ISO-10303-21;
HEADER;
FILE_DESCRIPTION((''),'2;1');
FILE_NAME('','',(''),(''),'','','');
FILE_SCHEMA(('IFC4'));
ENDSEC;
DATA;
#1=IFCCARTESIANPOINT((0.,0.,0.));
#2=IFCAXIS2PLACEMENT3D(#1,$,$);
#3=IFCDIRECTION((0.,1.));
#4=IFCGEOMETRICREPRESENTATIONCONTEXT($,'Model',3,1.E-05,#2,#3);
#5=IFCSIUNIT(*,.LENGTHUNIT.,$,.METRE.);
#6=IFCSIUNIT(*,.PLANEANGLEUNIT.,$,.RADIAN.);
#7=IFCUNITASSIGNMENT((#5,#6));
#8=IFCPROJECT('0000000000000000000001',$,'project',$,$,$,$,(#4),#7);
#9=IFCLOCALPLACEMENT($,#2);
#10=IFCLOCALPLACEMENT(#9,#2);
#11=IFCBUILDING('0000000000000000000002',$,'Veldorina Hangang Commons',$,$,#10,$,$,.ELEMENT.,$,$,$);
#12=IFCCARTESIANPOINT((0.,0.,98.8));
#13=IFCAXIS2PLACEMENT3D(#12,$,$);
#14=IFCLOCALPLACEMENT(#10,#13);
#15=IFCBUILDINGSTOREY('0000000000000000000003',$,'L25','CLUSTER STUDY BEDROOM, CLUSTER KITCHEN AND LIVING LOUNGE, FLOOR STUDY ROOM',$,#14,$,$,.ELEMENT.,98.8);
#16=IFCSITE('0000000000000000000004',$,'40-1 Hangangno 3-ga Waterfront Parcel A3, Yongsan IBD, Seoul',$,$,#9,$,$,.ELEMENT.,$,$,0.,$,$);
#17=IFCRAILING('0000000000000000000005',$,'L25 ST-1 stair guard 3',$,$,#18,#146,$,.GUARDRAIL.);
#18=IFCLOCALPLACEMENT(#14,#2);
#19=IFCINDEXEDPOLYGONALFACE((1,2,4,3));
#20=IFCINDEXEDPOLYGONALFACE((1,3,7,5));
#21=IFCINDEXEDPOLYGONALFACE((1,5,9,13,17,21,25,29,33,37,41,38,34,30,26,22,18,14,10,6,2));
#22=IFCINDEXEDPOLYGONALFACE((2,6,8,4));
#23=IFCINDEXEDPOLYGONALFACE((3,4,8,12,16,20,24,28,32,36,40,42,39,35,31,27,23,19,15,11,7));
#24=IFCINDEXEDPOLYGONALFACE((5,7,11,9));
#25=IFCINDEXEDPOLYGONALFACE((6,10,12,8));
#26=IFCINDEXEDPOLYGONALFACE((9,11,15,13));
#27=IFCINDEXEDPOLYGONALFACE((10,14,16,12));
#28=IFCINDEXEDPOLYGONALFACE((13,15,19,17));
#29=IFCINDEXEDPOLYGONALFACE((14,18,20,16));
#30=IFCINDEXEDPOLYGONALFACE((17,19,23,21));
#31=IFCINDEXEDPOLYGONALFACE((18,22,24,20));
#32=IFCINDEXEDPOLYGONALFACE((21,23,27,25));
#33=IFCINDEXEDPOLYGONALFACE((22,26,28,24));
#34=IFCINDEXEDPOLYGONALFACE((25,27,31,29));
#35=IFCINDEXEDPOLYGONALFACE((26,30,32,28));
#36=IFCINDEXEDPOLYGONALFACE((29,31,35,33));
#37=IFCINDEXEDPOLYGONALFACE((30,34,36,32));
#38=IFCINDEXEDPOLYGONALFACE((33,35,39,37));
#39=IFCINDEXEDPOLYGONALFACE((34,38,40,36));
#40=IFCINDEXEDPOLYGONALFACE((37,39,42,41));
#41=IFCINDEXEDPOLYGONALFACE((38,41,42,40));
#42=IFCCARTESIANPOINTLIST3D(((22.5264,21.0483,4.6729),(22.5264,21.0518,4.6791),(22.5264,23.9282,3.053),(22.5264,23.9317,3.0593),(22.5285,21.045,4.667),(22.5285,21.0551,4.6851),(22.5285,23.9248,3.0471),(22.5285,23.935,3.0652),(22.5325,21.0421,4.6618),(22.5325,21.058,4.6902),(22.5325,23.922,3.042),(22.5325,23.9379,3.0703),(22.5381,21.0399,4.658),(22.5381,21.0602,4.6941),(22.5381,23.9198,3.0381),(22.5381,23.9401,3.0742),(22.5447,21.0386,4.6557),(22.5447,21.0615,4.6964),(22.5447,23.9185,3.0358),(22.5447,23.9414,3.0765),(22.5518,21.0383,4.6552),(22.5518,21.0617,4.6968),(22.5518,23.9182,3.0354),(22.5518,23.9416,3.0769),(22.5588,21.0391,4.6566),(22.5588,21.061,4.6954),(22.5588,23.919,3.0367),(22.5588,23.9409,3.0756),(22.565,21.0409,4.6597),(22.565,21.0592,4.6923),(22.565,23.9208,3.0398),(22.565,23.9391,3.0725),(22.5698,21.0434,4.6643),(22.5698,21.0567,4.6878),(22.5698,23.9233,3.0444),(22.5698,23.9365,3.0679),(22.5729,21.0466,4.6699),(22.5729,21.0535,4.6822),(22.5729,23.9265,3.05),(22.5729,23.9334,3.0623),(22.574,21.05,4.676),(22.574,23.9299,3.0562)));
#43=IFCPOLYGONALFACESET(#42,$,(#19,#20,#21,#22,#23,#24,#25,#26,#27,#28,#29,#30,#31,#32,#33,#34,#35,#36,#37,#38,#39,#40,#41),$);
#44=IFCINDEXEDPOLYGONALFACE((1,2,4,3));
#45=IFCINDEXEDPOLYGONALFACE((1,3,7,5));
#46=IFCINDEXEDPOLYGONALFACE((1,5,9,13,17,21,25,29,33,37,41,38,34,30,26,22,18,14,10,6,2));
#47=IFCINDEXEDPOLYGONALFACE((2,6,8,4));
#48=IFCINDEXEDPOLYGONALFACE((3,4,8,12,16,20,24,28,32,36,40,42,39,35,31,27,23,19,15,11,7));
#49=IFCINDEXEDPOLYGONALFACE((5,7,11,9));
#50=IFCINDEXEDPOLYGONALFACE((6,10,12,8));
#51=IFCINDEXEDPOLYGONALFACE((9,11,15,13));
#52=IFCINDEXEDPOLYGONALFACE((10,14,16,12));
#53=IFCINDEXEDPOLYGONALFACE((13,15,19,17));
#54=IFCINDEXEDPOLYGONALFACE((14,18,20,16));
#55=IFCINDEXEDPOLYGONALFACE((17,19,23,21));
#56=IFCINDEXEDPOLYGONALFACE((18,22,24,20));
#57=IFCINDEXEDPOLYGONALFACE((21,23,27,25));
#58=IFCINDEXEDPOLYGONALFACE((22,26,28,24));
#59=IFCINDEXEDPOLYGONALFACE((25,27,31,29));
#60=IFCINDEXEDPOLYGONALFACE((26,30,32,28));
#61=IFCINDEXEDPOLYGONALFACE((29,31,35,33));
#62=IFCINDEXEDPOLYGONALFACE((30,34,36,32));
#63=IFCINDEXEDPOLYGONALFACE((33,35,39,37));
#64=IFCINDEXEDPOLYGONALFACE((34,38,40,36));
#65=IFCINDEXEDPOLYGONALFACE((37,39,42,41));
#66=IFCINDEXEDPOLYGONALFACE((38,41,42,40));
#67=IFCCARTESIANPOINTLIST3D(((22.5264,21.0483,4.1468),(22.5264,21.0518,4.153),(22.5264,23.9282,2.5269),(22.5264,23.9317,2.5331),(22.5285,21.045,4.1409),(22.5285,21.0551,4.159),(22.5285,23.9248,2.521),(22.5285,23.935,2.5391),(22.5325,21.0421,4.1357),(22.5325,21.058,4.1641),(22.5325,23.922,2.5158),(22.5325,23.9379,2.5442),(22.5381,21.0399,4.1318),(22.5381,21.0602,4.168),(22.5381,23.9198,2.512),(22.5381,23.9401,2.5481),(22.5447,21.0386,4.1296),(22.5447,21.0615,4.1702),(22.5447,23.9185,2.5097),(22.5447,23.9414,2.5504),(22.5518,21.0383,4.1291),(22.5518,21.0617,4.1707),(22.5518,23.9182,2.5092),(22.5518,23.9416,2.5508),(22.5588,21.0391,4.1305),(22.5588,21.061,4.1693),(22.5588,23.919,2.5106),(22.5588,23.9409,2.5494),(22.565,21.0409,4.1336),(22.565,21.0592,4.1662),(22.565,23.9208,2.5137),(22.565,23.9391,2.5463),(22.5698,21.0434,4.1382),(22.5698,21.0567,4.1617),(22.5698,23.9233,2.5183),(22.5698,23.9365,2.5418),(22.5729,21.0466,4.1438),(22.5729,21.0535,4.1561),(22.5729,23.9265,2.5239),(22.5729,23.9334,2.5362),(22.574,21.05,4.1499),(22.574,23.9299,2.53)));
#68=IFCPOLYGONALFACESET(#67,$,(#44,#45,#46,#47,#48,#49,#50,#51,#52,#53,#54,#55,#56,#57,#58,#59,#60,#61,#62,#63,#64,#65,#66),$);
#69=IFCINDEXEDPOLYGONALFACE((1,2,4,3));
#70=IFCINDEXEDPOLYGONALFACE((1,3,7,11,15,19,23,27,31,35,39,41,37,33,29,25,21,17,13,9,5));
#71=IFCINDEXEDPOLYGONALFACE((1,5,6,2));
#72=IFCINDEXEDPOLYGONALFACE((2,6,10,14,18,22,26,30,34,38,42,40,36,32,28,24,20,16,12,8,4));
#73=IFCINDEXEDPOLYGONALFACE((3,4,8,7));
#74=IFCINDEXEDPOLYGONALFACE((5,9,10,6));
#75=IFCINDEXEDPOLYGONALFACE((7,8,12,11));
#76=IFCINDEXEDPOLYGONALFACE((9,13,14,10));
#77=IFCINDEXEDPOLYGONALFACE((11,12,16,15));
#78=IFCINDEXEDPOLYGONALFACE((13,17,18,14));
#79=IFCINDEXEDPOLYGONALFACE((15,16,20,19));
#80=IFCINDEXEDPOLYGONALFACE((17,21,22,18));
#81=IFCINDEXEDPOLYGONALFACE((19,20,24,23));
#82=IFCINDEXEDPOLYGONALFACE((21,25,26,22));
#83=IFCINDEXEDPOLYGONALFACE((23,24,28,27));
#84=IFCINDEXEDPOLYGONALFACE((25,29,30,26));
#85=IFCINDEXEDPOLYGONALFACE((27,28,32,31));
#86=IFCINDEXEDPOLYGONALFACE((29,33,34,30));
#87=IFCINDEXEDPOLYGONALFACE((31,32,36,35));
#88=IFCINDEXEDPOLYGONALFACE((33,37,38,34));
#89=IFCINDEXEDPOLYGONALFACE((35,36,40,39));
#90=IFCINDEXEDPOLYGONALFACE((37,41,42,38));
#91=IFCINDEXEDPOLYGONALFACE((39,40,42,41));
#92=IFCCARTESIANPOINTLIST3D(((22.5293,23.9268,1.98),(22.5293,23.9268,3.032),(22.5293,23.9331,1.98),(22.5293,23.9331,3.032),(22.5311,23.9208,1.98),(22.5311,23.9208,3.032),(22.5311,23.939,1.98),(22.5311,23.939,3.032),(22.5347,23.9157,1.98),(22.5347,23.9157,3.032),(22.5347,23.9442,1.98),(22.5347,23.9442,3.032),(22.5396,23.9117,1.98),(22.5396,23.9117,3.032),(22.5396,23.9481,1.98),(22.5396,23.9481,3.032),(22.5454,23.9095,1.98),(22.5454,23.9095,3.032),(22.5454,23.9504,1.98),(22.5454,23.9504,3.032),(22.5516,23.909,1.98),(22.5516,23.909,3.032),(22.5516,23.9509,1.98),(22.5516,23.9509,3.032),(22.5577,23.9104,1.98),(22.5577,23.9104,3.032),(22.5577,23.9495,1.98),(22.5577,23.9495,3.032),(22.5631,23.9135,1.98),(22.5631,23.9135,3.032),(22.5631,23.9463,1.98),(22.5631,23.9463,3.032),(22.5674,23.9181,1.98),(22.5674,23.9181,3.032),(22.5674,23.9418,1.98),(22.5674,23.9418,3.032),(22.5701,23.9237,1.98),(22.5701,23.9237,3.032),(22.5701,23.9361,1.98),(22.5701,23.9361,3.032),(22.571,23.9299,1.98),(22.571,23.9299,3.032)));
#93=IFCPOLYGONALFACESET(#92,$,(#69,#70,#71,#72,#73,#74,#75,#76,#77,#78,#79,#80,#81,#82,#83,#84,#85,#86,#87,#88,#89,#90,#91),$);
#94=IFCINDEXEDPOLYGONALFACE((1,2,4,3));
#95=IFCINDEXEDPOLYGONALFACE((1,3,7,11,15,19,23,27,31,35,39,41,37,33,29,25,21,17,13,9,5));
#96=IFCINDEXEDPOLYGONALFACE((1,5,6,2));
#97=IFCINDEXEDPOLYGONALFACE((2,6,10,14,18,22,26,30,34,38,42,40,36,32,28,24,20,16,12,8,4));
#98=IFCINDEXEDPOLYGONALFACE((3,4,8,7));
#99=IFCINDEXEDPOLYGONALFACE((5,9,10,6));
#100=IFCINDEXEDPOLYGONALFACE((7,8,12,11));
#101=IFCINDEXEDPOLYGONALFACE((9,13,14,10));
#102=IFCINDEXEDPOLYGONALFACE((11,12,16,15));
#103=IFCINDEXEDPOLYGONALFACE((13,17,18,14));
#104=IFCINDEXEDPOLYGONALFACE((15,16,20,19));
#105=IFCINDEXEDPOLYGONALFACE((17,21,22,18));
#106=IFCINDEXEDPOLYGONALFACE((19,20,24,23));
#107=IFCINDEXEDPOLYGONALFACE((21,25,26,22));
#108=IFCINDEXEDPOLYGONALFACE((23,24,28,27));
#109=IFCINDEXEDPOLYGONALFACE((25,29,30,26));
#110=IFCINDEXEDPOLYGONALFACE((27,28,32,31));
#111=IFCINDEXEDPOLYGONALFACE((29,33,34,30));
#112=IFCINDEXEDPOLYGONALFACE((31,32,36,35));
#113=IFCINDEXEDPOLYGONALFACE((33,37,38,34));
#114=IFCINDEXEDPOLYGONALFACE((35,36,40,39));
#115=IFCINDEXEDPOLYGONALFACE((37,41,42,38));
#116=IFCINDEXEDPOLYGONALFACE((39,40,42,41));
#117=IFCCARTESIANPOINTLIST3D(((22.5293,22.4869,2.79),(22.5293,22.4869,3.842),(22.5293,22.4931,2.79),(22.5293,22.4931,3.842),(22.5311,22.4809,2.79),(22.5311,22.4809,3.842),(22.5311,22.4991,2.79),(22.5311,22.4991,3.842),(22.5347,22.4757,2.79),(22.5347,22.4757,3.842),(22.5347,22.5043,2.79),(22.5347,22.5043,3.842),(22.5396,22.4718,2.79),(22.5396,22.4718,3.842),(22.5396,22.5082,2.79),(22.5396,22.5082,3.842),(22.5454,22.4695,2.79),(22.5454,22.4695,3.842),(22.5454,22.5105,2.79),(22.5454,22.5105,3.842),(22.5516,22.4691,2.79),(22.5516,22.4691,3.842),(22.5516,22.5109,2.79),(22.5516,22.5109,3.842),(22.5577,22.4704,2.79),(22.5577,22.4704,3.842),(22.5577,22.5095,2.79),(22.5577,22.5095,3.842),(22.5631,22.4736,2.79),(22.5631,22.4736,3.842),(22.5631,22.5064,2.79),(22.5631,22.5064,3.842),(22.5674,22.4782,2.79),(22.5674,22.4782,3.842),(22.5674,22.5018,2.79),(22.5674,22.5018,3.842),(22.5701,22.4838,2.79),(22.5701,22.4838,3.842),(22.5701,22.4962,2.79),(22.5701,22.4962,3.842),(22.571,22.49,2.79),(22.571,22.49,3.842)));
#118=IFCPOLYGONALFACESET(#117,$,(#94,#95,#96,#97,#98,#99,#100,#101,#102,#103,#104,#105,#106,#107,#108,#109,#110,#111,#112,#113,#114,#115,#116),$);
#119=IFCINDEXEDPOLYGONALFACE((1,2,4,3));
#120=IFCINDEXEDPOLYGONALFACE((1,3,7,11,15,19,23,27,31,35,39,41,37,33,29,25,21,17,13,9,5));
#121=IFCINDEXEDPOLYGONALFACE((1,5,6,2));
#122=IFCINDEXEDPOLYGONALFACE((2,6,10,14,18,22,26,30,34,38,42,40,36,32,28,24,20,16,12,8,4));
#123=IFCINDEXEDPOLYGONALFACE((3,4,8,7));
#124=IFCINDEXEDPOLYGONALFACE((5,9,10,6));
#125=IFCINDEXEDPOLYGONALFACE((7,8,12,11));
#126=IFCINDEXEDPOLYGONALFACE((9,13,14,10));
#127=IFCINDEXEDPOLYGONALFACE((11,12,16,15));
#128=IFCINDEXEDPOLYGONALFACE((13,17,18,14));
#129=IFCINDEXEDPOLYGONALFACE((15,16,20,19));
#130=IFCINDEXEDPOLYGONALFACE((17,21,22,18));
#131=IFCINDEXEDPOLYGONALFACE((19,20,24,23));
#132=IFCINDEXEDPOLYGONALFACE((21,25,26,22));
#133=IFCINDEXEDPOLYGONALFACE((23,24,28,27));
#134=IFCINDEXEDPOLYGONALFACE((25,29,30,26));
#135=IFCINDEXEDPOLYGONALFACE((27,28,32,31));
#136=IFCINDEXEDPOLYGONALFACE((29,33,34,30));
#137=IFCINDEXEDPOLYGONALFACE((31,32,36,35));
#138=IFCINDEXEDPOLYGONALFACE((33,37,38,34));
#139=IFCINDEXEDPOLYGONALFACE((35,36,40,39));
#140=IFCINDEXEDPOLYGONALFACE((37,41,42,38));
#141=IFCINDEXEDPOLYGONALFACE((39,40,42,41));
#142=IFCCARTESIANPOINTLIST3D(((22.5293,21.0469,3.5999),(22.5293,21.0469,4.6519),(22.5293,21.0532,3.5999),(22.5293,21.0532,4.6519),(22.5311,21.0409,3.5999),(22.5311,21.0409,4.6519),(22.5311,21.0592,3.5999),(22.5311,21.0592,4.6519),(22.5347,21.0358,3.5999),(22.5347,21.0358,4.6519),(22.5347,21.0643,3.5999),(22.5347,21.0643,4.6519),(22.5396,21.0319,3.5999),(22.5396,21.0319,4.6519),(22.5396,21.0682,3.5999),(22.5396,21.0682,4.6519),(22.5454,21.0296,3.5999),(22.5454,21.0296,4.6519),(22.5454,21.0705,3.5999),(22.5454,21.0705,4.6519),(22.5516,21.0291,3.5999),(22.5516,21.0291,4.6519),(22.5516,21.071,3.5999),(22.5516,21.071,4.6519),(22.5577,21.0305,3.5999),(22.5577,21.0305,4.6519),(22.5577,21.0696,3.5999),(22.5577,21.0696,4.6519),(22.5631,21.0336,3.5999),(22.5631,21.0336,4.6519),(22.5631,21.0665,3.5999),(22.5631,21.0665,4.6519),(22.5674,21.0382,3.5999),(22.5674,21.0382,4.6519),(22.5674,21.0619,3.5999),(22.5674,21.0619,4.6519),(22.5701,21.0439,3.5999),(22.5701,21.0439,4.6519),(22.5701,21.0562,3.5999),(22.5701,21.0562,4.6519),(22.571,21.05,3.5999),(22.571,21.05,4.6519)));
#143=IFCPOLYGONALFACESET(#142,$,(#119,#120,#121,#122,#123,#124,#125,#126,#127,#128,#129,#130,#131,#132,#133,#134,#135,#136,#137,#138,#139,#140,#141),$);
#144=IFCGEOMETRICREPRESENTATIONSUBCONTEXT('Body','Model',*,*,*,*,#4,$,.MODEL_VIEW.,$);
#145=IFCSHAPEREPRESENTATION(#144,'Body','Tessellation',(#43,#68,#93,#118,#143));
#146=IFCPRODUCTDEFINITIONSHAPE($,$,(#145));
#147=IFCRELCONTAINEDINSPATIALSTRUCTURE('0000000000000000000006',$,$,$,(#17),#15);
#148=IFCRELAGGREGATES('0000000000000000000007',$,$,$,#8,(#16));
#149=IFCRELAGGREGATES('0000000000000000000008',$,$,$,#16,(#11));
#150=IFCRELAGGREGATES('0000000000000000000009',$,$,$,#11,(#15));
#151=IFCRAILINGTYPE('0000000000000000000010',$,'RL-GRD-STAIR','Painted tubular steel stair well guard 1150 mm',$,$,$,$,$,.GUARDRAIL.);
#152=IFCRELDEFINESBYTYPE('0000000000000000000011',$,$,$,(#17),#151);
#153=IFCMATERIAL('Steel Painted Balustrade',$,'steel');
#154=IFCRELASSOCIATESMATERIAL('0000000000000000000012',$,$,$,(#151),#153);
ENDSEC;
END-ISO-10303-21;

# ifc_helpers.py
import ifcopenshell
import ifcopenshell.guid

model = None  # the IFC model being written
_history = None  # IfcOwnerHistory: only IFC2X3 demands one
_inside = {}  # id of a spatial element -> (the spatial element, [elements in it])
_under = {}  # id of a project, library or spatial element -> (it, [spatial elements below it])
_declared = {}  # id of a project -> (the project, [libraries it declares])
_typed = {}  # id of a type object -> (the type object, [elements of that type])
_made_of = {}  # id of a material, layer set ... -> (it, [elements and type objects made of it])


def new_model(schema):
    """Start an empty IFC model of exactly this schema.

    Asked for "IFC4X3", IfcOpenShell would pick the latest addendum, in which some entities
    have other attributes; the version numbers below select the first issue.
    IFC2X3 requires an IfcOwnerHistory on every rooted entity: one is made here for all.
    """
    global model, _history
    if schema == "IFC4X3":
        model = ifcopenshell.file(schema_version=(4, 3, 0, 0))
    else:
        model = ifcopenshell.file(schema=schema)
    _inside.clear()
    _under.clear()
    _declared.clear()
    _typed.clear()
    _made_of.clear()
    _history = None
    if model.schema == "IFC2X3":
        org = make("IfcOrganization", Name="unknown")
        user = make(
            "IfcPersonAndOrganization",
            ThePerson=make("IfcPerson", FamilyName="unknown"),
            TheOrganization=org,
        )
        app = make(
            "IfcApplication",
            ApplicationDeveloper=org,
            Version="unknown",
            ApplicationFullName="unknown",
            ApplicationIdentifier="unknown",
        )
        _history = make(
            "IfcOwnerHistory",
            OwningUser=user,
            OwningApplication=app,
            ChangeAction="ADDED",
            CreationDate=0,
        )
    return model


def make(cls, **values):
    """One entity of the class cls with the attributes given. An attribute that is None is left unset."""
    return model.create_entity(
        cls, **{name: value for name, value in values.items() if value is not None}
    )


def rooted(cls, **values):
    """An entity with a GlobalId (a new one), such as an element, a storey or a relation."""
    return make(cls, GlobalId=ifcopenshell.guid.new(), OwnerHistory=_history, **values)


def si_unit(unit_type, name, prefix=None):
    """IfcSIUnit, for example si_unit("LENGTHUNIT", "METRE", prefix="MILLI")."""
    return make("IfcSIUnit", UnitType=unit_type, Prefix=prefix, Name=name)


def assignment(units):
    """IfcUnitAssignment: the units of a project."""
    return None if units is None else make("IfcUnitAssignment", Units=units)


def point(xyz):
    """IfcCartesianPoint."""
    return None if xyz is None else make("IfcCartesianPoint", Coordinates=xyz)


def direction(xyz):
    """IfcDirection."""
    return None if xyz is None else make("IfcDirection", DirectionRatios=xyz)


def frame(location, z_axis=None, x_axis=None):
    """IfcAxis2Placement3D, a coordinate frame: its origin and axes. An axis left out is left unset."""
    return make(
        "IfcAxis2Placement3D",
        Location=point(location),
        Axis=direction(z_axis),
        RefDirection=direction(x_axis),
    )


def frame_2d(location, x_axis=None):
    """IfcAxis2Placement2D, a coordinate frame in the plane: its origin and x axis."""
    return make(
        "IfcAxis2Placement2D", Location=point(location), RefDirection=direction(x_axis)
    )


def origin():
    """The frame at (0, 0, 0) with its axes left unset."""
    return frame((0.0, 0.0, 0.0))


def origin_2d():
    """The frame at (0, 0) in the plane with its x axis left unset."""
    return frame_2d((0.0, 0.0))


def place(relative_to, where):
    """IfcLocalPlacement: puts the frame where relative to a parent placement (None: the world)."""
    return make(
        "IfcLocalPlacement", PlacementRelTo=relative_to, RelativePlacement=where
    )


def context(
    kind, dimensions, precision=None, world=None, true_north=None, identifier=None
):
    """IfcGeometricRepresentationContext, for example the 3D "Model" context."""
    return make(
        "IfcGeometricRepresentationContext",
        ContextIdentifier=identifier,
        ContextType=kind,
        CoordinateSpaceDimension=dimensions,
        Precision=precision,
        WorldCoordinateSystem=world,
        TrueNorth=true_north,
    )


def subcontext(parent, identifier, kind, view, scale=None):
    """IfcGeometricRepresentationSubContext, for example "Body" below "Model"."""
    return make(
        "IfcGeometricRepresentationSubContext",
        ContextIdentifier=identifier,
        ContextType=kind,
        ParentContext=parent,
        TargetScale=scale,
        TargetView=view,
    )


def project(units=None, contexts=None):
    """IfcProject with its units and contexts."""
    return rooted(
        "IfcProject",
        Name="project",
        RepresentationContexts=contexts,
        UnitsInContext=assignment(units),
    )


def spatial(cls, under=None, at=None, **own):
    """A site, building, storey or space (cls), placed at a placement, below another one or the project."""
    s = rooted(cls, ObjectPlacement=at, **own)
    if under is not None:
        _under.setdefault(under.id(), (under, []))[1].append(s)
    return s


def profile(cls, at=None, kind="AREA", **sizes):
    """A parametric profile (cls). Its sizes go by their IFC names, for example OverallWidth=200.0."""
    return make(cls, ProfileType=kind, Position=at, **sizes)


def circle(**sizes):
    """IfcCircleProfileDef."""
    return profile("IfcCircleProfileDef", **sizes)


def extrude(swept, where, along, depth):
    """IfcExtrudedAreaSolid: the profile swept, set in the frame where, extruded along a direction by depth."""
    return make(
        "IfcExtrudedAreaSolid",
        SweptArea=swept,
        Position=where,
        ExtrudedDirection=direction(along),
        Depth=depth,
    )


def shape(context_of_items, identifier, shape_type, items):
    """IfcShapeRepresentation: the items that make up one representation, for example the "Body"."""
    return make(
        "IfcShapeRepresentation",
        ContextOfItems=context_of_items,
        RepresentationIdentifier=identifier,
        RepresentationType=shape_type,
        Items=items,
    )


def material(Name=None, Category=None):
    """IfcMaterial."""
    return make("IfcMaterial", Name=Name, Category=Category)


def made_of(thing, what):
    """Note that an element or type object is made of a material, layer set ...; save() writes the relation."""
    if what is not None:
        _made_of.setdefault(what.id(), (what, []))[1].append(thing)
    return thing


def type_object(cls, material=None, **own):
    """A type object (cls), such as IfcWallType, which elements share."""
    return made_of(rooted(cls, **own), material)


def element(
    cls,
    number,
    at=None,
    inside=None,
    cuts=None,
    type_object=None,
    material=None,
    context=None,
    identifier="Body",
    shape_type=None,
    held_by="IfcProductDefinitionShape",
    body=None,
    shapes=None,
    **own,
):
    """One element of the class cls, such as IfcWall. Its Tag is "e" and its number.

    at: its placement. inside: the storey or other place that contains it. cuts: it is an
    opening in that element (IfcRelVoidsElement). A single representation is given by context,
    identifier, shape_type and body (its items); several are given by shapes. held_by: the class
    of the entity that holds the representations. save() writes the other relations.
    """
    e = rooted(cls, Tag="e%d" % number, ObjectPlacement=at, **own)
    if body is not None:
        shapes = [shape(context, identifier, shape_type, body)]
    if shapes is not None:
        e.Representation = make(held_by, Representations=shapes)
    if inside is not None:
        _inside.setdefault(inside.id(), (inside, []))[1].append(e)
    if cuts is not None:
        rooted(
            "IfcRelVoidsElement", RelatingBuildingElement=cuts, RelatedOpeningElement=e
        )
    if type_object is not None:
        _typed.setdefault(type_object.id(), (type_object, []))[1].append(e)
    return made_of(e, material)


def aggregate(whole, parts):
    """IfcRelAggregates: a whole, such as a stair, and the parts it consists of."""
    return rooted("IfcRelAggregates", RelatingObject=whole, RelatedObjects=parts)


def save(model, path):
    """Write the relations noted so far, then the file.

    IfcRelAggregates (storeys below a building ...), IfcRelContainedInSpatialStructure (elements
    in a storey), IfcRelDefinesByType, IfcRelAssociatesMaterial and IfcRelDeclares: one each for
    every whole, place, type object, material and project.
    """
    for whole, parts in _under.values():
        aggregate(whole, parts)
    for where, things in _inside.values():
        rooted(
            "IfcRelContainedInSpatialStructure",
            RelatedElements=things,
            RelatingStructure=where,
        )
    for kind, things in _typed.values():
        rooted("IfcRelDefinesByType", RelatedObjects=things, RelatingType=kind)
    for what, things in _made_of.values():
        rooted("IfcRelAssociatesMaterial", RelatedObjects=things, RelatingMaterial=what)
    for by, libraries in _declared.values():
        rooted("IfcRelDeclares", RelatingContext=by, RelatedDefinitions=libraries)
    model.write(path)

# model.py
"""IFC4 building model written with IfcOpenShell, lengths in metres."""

from ifc_helpers import new_model, si_unit, direction, frame, origin, origin_2d, place, context, subcontext, project, spatial, circle, extrude, material, type_object, element, save


model = new_model("IFC4")

# Units and contexts
model_context = context("Model", 3, precision=1e-05, world=origin(), true_north=direction((0.0, 1.0)))
body_context = subcontext(model_context, "Body", "Model", "MODEL_VIEW")
ifc_project = project(units=[si_unit("LENGTHUNIT", "METRE"), si_unit("PLANEANGLEUNIT", "RADIAN")], contexts=[model_context])

# Site, building, storey
site_placement = place(None, origin())
site = spatial("IfcSite", under=ifc_project, at=site_placement, Name="40-1 Hangangno 3-ga Waterfront Parcel A3, Yongsan IBD, Seoul", CompositionType="ELEMENT", RefElevation=0.0)
building_placement = place(site_placement, origin())
building = spatial("IfcBuilding", under=site, at=building_placement, Name="Veldorina Hangang Commons", CompositionType="ELEMENT")
storey_placement = place(building_placement, frame((0.0, 0.0, 98.8)))
storey = spatial("IfcBuildingStorey", under=building, at=storey_placement, Name="L25", Description="CLUSTER STUDY BEDROOM, CLUSTER KITCHEN AND LIVING LOUNGE, FLOOR STUDY ROOM", CompositionType="ELEMENT", Elevation=98.8)

# Railing
ifc_material_1 = material(Name="Steel Painted Balustrade", Category="steel")
railing_type_1 = type_object("IfcRailingType", Name="RL-GRD-STAIR", Description="Painted tubular steel stair well guard 1150 mm", PredefinedType="GUARDRAIL", material=ifc_material_1)
railing_1_placement = place(storey_placement, frame((22.55, 23.9299, 1.98)))
element("IfcRailing", 1, at=railing_1_placement, inside=storey, type_object=railing_type_1, Name="L25 ST-1 stair guard 3", PredefinedType="GUARDRAIL", context=body_context, shape_type="SweptSolid", body=[
    extrude(circle(Radius=0.0239, at=origin_2d()), frame((0.0, 0.0, 1.0762), z_axis=(0.0, -0.871583, 0.490247), x_axis=(1.0, 0.0, 0.0)), (0.0, 0.0, 1.0), 3.3042),
    extrude(circle(Radius=0.0239, at=origin_2d()), frame((0.0, 0.0, 0.55), z_axis=(0.0, -0.871583, 0.490247), x_axis=(1.0, 0.0, 0.0)), (0.0, 0.0, 1.0), 3.3042),
    extrude(circle(Radius=0.021, at=origin_2d()), origin(), (0.0, 0.0, 1.0), 1.052),
    extrude(circle(Radius=0.021, at=origin_2d()), frame((0.0, -1.4399, 0.8101)), (0.0, 0.0, 1.0), 1.052),
    extrude(circle(Radius=0.021, at=origin_2d()), frame((0.0, -2.8799, 1.6199)), (0.0, 0.0, 1.0), 1.052),
])

save(model, "model.ifc")
